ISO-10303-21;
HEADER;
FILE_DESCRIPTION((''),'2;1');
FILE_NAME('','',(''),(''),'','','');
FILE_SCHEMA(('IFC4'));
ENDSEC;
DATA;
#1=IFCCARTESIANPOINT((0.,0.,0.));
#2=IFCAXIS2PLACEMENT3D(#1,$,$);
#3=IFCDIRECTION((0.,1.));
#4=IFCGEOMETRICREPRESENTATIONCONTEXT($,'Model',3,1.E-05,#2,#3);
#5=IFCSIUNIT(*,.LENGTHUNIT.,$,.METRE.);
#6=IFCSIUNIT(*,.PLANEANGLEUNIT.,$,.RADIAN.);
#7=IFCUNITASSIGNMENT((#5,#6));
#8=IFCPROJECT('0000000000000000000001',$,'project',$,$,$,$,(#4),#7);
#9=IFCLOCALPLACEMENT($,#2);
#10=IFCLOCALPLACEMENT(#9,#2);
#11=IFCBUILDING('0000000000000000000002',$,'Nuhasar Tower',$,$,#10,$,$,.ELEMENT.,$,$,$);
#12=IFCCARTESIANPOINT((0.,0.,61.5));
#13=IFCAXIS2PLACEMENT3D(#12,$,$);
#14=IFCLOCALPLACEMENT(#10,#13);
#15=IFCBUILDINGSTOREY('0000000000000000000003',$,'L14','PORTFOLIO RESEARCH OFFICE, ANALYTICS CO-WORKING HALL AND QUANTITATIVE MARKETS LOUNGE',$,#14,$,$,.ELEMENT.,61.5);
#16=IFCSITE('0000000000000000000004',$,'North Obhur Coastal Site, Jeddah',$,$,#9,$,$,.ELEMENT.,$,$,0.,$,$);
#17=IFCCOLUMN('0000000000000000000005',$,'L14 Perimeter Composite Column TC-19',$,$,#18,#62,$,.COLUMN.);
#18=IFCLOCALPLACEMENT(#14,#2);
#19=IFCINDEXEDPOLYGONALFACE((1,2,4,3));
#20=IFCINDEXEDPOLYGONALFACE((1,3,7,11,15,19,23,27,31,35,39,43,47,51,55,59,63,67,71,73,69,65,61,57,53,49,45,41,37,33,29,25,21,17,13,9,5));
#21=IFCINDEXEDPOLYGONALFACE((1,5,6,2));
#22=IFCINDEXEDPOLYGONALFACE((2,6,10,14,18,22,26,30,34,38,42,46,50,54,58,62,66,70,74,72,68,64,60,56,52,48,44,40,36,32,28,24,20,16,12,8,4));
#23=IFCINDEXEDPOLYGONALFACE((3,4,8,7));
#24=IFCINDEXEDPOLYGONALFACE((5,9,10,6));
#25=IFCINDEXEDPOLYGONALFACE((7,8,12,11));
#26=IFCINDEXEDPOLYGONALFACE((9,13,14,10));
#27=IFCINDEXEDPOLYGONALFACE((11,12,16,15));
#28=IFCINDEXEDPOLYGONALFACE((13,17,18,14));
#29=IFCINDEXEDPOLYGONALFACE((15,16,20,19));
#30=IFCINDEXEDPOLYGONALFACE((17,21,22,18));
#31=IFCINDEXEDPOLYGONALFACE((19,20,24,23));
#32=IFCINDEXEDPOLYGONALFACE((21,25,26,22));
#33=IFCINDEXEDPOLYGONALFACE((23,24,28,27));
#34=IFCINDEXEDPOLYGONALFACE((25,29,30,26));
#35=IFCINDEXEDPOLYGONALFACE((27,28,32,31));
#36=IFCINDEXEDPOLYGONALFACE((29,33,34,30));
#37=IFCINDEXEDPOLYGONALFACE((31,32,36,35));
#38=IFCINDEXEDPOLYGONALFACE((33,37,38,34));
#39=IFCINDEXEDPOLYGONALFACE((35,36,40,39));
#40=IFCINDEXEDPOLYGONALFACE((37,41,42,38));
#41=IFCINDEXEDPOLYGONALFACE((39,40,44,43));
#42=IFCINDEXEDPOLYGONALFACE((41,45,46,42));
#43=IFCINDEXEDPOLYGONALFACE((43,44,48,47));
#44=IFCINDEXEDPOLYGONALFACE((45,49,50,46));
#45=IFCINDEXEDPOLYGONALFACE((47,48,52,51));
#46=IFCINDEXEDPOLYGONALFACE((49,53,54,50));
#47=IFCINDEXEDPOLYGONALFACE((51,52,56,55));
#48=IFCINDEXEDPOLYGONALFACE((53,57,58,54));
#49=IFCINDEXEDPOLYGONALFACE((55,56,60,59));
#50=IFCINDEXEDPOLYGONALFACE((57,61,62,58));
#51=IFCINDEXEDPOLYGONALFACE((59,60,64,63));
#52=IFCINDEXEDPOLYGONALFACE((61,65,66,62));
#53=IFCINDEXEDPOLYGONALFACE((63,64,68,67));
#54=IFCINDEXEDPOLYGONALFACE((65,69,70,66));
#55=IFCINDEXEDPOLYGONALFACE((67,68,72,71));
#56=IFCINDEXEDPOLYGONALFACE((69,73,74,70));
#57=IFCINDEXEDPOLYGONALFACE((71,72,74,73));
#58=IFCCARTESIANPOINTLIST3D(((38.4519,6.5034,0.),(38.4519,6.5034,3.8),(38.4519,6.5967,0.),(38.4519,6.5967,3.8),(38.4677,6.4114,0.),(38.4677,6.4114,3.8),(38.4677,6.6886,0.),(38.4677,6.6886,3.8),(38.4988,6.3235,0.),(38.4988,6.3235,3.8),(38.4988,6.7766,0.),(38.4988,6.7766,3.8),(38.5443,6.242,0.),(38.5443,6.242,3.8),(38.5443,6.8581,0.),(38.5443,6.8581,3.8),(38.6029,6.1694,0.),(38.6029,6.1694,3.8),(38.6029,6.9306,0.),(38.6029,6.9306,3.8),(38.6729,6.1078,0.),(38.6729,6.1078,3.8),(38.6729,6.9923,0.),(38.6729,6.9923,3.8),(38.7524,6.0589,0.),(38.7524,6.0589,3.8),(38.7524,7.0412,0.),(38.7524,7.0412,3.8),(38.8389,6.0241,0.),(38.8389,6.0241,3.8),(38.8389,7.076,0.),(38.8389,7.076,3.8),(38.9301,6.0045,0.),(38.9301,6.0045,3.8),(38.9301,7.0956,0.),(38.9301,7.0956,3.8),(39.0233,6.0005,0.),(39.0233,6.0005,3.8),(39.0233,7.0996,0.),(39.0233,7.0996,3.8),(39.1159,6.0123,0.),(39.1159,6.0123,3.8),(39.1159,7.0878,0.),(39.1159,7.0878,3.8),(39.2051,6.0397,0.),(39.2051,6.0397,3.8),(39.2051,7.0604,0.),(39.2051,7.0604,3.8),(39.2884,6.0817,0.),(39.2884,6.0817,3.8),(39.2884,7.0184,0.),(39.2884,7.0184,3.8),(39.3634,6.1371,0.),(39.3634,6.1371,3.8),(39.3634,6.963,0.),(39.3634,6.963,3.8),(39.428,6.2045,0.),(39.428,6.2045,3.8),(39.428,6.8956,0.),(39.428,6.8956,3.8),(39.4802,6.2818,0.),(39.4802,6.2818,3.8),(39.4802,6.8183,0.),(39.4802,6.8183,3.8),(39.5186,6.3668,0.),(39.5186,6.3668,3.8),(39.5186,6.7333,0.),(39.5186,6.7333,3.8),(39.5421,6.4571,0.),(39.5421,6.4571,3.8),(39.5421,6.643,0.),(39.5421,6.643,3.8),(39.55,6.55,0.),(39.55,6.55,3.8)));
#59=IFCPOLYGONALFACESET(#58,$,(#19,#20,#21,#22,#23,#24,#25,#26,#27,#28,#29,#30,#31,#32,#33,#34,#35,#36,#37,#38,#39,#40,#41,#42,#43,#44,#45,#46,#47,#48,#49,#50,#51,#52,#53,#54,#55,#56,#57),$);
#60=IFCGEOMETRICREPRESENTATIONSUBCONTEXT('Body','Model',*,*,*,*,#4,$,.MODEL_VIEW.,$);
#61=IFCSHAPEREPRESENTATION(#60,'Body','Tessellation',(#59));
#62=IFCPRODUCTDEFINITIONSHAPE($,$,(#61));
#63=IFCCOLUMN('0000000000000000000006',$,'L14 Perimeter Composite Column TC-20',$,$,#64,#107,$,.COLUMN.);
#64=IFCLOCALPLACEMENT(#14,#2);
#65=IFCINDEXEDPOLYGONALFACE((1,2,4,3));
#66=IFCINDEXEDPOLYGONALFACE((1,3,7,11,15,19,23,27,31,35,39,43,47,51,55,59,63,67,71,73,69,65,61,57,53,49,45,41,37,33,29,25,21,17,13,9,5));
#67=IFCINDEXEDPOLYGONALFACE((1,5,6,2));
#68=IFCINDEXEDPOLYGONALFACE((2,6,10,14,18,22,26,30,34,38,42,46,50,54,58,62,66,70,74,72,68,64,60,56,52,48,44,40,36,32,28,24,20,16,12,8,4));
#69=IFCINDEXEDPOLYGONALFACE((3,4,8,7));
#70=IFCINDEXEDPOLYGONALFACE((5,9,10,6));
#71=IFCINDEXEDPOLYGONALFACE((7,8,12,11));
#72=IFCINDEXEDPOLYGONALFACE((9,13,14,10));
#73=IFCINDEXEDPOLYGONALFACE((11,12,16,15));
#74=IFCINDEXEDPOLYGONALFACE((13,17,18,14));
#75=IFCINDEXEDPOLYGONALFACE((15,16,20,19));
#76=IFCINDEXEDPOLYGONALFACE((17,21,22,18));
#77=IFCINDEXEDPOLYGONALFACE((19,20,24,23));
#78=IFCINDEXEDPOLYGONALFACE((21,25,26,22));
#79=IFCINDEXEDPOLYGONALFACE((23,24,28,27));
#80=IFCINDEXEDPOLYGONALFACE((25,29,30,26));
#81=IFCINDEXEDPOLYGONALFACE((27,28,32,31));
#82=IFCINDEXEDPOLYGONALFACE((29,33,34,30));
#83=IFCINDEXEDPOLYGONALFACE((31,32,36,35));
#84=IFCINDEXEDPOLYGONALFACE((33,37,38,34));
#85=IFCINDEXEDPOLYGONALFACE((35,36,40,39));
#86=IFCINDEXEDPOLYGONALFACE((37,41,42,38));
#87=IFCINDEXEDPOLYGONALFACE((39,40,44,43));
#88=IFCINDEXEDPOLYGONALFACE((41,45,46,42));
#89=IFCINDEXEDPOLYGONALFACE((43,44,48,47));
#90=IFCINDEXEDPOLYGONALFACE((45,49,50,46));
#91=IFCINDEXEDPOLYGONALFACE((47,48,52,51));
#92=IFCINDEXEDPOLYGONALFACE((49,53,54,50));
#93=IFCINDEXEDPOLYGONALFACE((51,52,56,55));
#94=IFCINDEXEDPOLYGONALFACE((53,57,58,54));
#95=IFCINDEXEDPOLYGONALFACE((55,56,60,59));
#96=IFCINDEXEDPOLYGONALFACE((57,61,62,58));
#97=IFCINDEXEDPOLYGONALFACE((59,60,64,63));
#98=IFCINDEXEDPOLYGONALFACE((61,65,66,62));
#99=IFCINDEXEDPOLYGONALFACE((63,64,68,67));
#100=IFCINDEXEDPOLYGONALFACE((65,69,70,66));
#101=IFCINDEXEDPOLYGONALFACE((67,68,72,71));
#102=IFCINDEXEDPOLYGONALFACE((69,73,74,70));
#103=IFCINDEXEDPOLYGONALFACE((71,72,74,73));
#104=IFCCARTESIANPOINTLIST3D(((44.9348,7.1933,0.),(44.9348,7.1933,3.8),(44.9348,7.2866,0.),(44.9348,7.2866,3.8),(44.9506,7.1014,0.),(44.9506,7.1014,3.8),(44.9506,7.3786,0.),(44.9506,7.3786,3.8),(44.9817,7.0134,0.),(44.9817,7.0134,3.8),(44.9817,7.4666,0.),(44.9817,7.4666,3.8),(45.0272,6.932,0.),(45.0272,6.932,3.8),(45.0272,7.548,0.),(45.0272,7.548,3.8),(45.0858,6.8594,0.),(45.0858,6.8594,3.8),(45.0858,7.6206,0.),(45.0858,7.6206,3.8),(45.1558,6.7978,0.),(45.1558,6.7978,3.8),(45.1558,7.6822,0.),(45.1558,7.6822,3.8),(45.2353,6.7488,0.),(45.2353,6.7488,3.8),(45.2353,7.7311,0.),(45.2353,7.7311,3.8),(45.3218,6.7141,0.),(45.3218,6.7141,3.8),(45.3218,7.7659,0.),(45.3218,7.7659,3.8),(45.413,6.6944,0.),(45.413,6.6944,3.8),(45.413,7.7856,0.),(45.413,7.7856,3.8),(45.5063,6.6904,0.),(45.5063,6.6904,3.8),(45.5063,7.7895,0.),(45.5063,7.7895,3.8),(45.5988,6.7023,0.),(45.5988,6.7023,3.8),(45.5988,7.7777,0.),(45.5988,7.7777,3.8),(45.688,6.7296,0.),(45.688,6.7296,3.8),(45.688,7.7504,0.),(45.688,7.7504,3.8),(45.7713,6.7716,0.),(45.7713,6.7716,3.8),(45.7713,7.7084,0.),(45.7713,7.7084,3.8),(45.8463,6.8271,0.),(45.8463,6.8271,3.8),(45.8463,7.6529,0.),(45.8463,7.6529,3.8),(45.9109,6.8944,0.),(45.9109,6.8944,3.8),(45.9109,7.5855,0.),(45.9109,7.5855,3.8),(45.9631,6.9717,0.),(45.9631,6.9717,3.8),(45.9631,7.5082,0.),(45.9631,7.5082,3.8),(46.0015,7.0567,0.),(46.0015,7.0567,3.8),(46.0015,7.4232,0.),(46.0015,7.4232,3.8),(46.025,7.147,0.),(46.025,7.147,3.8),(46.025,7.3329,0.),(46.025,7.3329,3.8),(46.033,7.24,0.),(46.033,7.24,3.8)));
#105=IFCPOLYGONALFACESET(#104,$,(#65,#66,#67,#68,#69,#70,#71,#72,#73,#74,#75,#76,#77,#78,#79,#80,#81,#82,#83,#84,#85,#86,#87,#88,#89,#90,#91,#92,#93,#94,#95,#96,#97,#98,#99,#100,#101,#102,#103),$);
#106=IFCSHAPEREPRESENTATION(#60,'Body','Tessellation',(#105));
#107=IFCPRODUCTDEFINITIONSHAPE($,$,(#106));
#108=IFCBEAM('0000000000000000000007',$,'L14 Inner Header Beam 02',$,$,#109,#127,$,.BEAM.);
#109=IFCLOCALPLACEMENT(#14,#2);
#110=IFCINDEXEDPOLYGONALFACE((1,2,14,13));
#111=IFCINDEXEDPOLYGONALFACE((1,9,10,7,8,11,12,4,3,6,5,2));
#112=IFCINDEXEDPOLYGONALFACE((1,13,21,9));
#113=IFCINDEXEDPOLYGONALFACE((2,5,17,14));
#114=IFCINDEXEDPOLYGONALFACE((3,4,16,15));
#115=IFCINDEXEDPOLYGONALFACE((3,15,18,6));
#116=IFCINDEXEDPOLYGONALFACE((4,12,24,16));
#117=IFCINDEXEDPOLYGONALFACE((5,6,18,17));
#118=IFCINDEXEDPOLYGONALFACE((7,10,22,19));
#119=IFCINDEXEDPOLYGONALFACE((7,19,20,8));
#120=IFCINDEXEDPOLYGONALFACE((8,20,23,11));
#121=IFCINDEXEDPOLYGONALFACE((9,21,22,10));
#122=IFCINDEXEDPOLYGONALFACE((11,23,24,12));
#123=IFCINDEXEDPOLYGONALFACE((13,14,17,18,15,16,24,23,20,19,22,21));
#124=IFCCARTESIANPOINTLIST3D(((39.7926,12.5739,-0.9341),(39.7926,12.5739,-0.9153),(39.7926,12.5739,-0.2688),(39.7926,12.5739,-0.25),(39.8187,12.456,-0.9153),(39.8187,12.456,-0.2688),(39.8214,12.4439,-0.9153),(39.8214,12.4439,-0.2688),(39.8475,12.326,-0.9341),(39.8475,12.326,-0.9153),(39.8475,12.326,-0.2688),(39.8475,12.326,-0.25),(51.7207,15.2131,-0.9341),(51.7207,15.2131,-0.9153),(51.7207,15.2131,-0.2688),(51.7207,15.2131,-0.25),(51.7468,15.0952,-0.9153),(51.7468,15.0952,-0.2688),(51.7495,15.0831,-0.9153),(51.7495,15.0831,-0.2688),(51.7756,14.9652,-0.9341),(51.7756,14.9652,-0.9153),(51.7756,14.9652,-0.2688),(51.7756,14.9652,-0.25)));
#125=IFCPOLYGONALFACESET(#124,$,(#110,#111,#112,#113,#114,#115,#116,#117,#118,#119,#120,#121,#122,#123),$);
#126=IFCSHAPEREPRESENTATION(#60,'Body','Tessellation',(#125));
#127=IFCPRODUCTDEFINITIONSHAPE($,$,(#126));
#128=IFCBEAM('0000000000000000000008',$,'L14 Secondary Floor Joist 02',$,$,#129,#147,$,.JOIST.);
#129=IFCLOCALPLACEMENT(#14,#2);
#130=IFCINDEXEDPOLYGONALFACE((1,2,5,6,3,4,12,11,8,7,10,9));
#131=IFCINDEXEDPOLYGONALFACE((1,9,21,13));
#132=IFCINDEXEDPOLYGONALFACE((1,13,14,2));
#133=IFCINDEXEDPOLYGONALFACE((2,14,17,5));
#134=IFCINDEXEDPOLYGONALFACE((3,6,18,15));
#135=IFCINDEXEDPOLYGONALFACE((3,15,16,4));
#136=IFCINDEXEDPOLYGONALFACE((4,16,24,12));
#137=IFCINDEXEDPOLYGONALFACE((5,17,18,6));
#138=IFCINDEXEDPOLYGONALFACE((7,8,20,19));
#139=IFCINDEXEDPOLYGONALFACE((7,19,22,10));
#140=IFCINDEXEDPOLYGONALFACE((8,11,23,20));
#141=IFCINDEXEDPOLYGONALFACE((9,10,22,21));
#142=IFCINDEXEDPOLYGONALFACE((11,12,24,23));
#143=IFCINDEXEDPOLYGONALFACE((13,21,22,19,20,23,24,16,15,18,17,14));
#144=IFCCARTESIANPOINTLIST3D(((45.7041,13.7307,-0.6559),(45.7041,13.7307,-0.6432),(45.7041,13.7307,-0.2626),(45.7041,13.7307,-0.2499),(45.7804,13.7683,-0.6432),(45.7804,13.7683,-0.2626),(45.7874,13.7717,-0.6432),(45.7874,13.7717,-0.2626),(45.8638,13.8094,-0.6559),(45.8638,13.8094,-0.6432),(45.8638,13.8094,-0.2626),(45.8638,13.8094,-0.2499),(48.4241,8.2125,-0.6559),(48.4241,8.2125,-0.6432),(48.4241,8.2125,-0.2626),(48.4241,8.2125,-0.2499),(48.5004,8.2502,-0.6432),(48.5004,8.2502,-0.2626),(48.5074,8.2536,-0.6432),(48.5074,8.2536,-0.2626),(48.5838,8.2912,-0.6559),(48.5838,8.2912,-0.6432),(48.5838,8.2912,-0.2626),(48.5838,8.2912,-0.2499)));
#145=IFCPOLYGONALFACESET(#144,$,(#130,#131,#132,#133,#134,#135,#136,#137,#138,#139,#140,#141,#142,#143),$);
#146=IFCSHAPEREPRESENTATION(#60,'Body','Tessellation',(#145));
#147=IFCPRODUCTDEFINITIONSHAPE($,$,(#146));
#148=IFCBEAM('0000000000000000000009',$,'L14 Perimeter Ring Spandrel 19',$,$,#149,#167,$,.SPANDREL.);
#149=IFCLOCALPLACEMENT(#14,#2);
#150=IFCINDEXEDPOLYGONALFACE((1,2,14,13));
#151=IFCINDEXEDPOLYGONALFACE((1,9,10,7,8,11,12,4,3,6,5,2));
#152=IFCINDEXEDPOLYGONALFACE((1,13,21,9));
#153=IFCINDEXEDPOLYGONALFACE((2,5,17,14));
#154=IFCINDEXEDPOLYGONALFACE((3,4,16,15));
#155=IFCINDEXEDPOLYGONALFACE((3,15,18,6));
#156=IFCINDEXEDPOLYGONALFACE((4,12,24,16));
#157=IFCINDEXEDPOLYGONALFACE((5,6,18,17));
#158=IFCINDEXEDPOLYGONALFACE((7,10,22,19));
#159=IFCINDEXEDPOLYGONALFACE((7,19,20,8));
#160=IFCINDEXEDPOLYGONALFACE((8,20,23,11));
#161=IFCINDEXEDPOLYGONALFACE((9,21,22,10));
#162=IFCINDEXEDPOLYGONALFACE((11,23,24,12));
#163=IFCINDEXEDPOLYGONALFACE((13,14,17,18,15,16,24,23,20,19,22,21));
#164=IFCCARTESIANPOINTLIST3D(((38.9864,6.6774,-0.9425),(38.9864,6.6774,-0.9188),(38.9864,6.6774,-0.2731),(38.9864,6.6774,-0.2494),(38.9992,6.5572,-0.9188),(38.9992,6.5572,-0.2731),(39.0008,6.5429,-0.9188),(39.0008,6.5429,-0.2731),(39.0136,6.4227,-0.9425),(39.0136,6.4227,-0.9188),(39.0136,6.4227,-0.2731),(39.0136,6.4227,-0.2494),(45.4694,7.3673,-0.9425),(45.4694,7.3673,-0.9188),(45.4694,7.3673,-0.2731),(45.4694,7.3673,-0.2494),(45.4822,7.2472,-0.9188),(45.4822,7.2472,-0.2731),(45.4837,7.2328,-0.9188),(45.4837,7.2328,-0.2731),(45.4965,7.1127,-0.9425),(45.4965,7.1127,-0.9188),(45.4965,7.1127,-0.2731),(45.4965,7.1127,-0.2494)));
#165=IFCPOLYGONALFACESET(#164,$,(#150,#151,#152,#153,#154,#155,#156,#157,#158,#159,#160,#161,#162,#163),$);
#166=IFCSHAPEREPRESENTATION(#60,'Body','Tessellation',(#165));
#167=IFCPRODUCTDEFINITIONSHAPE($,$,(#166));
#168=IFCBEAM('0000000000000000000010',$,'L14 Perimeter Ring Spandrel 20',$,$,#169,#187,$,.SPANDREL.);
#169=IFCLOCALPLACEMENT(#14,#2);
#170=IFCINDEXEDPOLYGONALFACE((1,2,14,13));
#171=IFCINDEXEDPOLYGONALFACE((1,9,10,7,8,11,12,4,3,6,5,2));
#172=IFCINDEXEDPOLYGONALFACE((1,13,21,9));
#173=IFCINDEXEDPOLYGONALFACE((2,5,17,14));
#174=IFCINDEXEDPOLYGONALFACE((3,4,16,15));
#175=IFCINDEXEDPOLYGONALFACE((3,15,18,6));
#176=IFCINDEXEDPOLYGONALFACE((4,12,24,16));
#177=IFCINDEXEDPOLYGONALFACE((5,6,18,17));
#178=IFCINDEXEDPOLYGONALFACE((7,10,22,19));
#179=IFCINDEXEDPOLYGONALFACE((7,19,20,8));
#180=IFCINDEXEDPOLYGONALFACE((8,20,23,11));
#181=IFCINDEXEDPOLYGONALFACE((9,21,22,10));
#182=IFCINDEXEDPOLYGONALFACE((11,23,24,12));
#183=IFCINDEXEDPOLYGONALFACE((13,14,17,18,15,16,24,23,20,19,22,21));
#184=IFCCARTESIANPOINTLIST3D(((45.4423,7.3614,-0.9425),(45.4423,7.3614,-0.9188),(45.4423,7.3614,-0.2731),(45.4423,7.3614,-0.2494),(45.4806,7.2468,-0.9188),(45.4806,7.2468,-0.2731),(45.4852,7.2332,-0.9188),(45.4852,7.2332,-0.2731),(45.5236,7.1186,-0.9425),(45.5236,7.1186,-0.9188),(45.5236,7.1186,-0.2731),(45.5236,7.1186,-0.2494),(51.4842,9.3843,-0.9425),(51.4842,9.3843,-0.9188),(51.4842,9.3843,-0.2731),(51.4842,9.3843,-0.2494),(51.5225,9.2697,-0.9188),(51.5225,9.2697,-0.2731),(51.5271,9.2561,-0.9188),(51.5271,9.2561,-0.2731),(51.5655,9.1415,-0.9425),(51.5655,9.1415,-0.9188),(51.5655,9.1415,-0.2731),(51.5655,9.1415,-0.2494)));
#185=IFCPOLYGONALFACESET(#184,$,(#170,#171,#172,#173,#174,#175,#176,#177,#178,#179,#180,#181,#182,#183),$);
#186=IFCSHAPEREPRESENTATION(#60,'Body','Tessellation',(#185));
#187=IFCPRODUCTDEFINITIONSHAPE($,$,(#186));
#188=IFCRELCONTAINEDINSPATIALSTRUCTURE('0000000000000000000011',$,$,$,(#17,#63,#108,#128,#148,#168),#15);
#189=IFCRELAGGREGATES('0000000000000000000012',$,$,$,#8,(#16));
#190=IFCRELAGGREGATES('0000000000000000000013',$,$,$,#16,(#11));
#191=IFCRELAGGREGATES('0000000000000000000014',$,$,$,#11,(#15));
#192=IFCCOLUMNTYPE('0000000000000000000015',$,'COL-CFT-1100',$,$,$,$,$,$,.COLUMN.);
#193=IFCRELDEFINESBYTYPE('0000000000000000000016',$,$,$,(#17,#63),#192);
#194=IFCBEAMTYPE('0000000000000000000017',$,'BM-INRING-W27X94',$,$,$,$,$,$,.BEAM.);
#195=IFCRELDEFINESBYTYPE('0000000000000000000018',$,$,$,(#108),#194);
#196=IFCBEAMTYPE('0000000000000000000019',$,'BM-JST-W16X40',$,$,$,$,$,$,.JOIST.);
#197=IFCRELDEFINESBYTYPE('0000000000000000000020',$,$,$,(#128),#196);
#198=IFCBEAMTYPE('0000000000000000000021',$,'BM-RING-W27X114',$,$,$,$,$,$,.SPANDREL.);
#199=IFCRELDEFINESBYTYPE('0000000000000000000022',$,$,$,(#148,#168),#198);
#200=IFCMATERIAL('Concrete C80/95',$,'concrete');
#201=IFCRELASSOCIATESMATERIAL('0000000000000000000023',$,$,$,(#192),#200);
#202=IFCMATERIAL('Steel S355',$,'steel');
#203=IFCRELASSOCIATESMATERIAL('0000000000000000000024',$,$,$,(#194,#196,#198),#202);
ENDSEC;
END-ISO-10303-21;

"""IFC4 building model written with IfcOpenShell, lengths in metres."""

from ifc_helpers import new_model, si_unit, direction, frame, origin, origin_2d, place, context, subcontext, project, spatial, circle, i_section, extrude, material, material_profile, profile_set, type_object, element, save


model = new_model("IFC4")

# Units and contexts
model_context = context("Model", 3, precision=1e-05, world=origin(), true_north=direction((0.0, 1.0)))
body_context = subcontext(model_context, "Body", "Model", "MODEL_VIEW")
ifc_project = project(units=[si_unit("LENGTHUNIT", "METRE"), si_unit("PLANEANGLEUNIT", "RADIAN")], contexts=[model_context])

# Site, building, storey
site_placement = place(None, origin())
site = spatial("IfcSite", under=ifc_project, at=site_placement, Name="North Obhur Coastal Site, Jeddah", CompositionType="ELEMENT", RefElevation=0.0)
building_placement = place(site_placement, origin())
building = spatial("IfcBuilding", under=site, at=building_placement, Name="Nuhasar Tower", CompositionType="ELEMENT")
storey_placement = place(building_placement, frame((0.0, 0.0, 61.5)))
storey = spatial("IfcBuildingStorey", under=building, at=storey_placement, Name="L14", Description="PORTFOLIO RESEARCH OFFICE, ANALYTICS CO-WORKING HALL AND QUANTITATIVE MARKETS LOUNGE", CompositionType="ELEMENT", Elevation=61.5)

# Columns
ifc_material_1 = material(Name="Concrete C80/95", Category="concrete")
ifc_material_profile_1 = material_profile(ifc_material_1, circle(Radius=0.55, at=origin_2d()), Name="CFT1100")
ifc_profile_set_1 = profile_set([ifc_material_profile_1], Name="Concrete C80/95")
column_type = type_object("IfcColumnType", Name="COL-CFT-1100", PredefinedType="COLUMN", material=ifc_profile_set_1)
for number, where, z_axis, x_axis, name in (
    (1, (39.0, 6.55, 0.0), (0.0, 0.0, 1.0), (1.0, 0.0, 0.0), "L14 Perimeter Composite Column TC-19"),
    (2, (45.4829, 7.24, 0.0), (0.0, 0.0, 1.0), (1.0, 0.0, 0.0), "L14 Perimeter Composite Column TC-20"),
):
    element("IfcColumn", number, at=place(storey_placement, frame(where, z_axis=z_axis, x_axis=x_axis)), inside=storey, type_object=column_type, Name=name, PredefinedType="COLUMN", context=body_context, shape_type="SweptSolid", body=[
        extrude(circle(Radius=0.55, at=origin_2d()), origin(), (0.0, 0.0, 1.0), 3.8),
    ])

# Beams
ifc_material_2 = material(Name="Steel S355", Category="steel")
ifc_material_profile_2 = material_profile(ifc_material_2, i_section(OverallWidth=0.2539, OverallDepth=0.6841, WebThickness=0.0125, FlangeThickness=0.0188, at=origin_2d()), Name="W27X94")
ifc_profile_set_2 = profile_set([ifc_material_profile_2], Name="Steel S355")
beam_type_1 = type_object("IfcBeamType", Name="BM-INRING-W27X94", PredefinedType="BEAM", material=ifc_profile_set_2)
beam_1_placement = place(storey_placement, frame((39.8201, 12.45, -0.592), z_axis=(0.976386, 0.216033, 0.0), x_axis=(-0.216033, 0.976386, 0.0)))
element("IfcBeam", 3, at=beam_1_placement, inside=storey, type_object=beam_type_1, Name="L14 Inner Header Beam 02", PredefinedType="BEAM", context=body_context, shape_type="SweptSolid", body=[
    extrude(i_section(OverallWidth=0.2539, OverallDepth=0.6841, WebThickness=0.0125, FlangeThickness=0.0188, at=origin_2d()), origin(), (0.0, 0.0, 1.0), 12.2166),
])
ifc_material_profile_3 = material_profile(ifc_material_2, i_section(OverallWidth=0.178, OverallDepth=0.406, WebThickness=0.0078, FlangeThickness=0.0127, at=origin_2d()), Name="W16X40")
ifc_profile_set_3 = profile_set([ifc_material_profile_3], Name="Steel S355")
beam_type_2 = type_object("IfcBeamType", Name="BM-JST-W16X40", PredefinedType="JOIST", material=ifc_profile_set_3)
beam_2_placement = place(storey_placement, frame((45.7839, 13.77, -0.4529), z_axis=(0.442127, -0.896953, 0.0), x_axis=(0.896953, 0.442127, 0.0)))
element("IfcBeam", 4, at=beam_2_placement, inside=storey, type_object=beam_type_2, Name="L14 Secondary Floor Joist 02", PredefinedType="JOIST", context=body_context, shape_type="SweptSolid", body=[
    extrude(i_section(OverallWidth=0.178, OverallDepth=0.406, WebThickness=0.0078, FlangeThickness=0.0127, at=origin_2d()), origin(), (0.0, 0.0, 1.0), 6.1521),
])
ifc_material_profile_4 = material_profile(ifc_material_2, i_section(OverallWidth=0.2561, OverallDepth=0.6931, WebThickness=0.0144, FlangeThickness=0.0237, at=origin_2d()), Name="W27X114")
ifc_profile_set_4 = profile_set([ifc_material_profile_4], Name="Steel S355")
beam_type_3 = type_object("IfcBeamType", Name="BM-RING-W27X114", PredefinedType="SPANDREL", material=ifc_profile_set_4)
beam_3_placement = place(storey_placement, frame((39.0, 6.55, -0.5959), z_axis=(0.994385, 0.105827, 0.0), x_axis=(-0.105827, 0.994385, 0.0)))
element("IfcBeam", 5, at=beam_3_placement, inside=storey, type_object=beam_type_3, Name="L14 Perimeter Ring Spandrel 19", PredefinedType="SPANDREL", context=body_context, shape_type="SweptSolid", body=[
    extrude(i_section(OverallWidth=0.2561, OverallDepth=0.6931, WebThickness=0.0144, FlangeThickness=0.0237, at=origin_2d()), origin(), (0.0, 0.0, 1.0), 6.5195),
])
beam_4_placement = place(storey_placement, frame((45.4829, 7.24, -0.5959), z_axis=(0.948261, 0.317492, 0.0), x_axis=(-0.317492, 0.948261, 0.0)))
element("IfcBeam", 6, at=beam_4_placement, inside=storey, type_object=beam_type_3, Name="L14 Perimeter Ring Spandrel 20", PredefinedType="SPANDREL", context=body_context, shape_type="SweptSolid", body=[
    extrude(i_section(OverallWidth=0.2561, OverallDepth=0.6931, WebThickness=0.0144, FlangeThickness=0.0237, at=origin_2d()), origin(), (0.0, 0.0, 1.0), 6.3716),
])

save(model, "model.ifc")
